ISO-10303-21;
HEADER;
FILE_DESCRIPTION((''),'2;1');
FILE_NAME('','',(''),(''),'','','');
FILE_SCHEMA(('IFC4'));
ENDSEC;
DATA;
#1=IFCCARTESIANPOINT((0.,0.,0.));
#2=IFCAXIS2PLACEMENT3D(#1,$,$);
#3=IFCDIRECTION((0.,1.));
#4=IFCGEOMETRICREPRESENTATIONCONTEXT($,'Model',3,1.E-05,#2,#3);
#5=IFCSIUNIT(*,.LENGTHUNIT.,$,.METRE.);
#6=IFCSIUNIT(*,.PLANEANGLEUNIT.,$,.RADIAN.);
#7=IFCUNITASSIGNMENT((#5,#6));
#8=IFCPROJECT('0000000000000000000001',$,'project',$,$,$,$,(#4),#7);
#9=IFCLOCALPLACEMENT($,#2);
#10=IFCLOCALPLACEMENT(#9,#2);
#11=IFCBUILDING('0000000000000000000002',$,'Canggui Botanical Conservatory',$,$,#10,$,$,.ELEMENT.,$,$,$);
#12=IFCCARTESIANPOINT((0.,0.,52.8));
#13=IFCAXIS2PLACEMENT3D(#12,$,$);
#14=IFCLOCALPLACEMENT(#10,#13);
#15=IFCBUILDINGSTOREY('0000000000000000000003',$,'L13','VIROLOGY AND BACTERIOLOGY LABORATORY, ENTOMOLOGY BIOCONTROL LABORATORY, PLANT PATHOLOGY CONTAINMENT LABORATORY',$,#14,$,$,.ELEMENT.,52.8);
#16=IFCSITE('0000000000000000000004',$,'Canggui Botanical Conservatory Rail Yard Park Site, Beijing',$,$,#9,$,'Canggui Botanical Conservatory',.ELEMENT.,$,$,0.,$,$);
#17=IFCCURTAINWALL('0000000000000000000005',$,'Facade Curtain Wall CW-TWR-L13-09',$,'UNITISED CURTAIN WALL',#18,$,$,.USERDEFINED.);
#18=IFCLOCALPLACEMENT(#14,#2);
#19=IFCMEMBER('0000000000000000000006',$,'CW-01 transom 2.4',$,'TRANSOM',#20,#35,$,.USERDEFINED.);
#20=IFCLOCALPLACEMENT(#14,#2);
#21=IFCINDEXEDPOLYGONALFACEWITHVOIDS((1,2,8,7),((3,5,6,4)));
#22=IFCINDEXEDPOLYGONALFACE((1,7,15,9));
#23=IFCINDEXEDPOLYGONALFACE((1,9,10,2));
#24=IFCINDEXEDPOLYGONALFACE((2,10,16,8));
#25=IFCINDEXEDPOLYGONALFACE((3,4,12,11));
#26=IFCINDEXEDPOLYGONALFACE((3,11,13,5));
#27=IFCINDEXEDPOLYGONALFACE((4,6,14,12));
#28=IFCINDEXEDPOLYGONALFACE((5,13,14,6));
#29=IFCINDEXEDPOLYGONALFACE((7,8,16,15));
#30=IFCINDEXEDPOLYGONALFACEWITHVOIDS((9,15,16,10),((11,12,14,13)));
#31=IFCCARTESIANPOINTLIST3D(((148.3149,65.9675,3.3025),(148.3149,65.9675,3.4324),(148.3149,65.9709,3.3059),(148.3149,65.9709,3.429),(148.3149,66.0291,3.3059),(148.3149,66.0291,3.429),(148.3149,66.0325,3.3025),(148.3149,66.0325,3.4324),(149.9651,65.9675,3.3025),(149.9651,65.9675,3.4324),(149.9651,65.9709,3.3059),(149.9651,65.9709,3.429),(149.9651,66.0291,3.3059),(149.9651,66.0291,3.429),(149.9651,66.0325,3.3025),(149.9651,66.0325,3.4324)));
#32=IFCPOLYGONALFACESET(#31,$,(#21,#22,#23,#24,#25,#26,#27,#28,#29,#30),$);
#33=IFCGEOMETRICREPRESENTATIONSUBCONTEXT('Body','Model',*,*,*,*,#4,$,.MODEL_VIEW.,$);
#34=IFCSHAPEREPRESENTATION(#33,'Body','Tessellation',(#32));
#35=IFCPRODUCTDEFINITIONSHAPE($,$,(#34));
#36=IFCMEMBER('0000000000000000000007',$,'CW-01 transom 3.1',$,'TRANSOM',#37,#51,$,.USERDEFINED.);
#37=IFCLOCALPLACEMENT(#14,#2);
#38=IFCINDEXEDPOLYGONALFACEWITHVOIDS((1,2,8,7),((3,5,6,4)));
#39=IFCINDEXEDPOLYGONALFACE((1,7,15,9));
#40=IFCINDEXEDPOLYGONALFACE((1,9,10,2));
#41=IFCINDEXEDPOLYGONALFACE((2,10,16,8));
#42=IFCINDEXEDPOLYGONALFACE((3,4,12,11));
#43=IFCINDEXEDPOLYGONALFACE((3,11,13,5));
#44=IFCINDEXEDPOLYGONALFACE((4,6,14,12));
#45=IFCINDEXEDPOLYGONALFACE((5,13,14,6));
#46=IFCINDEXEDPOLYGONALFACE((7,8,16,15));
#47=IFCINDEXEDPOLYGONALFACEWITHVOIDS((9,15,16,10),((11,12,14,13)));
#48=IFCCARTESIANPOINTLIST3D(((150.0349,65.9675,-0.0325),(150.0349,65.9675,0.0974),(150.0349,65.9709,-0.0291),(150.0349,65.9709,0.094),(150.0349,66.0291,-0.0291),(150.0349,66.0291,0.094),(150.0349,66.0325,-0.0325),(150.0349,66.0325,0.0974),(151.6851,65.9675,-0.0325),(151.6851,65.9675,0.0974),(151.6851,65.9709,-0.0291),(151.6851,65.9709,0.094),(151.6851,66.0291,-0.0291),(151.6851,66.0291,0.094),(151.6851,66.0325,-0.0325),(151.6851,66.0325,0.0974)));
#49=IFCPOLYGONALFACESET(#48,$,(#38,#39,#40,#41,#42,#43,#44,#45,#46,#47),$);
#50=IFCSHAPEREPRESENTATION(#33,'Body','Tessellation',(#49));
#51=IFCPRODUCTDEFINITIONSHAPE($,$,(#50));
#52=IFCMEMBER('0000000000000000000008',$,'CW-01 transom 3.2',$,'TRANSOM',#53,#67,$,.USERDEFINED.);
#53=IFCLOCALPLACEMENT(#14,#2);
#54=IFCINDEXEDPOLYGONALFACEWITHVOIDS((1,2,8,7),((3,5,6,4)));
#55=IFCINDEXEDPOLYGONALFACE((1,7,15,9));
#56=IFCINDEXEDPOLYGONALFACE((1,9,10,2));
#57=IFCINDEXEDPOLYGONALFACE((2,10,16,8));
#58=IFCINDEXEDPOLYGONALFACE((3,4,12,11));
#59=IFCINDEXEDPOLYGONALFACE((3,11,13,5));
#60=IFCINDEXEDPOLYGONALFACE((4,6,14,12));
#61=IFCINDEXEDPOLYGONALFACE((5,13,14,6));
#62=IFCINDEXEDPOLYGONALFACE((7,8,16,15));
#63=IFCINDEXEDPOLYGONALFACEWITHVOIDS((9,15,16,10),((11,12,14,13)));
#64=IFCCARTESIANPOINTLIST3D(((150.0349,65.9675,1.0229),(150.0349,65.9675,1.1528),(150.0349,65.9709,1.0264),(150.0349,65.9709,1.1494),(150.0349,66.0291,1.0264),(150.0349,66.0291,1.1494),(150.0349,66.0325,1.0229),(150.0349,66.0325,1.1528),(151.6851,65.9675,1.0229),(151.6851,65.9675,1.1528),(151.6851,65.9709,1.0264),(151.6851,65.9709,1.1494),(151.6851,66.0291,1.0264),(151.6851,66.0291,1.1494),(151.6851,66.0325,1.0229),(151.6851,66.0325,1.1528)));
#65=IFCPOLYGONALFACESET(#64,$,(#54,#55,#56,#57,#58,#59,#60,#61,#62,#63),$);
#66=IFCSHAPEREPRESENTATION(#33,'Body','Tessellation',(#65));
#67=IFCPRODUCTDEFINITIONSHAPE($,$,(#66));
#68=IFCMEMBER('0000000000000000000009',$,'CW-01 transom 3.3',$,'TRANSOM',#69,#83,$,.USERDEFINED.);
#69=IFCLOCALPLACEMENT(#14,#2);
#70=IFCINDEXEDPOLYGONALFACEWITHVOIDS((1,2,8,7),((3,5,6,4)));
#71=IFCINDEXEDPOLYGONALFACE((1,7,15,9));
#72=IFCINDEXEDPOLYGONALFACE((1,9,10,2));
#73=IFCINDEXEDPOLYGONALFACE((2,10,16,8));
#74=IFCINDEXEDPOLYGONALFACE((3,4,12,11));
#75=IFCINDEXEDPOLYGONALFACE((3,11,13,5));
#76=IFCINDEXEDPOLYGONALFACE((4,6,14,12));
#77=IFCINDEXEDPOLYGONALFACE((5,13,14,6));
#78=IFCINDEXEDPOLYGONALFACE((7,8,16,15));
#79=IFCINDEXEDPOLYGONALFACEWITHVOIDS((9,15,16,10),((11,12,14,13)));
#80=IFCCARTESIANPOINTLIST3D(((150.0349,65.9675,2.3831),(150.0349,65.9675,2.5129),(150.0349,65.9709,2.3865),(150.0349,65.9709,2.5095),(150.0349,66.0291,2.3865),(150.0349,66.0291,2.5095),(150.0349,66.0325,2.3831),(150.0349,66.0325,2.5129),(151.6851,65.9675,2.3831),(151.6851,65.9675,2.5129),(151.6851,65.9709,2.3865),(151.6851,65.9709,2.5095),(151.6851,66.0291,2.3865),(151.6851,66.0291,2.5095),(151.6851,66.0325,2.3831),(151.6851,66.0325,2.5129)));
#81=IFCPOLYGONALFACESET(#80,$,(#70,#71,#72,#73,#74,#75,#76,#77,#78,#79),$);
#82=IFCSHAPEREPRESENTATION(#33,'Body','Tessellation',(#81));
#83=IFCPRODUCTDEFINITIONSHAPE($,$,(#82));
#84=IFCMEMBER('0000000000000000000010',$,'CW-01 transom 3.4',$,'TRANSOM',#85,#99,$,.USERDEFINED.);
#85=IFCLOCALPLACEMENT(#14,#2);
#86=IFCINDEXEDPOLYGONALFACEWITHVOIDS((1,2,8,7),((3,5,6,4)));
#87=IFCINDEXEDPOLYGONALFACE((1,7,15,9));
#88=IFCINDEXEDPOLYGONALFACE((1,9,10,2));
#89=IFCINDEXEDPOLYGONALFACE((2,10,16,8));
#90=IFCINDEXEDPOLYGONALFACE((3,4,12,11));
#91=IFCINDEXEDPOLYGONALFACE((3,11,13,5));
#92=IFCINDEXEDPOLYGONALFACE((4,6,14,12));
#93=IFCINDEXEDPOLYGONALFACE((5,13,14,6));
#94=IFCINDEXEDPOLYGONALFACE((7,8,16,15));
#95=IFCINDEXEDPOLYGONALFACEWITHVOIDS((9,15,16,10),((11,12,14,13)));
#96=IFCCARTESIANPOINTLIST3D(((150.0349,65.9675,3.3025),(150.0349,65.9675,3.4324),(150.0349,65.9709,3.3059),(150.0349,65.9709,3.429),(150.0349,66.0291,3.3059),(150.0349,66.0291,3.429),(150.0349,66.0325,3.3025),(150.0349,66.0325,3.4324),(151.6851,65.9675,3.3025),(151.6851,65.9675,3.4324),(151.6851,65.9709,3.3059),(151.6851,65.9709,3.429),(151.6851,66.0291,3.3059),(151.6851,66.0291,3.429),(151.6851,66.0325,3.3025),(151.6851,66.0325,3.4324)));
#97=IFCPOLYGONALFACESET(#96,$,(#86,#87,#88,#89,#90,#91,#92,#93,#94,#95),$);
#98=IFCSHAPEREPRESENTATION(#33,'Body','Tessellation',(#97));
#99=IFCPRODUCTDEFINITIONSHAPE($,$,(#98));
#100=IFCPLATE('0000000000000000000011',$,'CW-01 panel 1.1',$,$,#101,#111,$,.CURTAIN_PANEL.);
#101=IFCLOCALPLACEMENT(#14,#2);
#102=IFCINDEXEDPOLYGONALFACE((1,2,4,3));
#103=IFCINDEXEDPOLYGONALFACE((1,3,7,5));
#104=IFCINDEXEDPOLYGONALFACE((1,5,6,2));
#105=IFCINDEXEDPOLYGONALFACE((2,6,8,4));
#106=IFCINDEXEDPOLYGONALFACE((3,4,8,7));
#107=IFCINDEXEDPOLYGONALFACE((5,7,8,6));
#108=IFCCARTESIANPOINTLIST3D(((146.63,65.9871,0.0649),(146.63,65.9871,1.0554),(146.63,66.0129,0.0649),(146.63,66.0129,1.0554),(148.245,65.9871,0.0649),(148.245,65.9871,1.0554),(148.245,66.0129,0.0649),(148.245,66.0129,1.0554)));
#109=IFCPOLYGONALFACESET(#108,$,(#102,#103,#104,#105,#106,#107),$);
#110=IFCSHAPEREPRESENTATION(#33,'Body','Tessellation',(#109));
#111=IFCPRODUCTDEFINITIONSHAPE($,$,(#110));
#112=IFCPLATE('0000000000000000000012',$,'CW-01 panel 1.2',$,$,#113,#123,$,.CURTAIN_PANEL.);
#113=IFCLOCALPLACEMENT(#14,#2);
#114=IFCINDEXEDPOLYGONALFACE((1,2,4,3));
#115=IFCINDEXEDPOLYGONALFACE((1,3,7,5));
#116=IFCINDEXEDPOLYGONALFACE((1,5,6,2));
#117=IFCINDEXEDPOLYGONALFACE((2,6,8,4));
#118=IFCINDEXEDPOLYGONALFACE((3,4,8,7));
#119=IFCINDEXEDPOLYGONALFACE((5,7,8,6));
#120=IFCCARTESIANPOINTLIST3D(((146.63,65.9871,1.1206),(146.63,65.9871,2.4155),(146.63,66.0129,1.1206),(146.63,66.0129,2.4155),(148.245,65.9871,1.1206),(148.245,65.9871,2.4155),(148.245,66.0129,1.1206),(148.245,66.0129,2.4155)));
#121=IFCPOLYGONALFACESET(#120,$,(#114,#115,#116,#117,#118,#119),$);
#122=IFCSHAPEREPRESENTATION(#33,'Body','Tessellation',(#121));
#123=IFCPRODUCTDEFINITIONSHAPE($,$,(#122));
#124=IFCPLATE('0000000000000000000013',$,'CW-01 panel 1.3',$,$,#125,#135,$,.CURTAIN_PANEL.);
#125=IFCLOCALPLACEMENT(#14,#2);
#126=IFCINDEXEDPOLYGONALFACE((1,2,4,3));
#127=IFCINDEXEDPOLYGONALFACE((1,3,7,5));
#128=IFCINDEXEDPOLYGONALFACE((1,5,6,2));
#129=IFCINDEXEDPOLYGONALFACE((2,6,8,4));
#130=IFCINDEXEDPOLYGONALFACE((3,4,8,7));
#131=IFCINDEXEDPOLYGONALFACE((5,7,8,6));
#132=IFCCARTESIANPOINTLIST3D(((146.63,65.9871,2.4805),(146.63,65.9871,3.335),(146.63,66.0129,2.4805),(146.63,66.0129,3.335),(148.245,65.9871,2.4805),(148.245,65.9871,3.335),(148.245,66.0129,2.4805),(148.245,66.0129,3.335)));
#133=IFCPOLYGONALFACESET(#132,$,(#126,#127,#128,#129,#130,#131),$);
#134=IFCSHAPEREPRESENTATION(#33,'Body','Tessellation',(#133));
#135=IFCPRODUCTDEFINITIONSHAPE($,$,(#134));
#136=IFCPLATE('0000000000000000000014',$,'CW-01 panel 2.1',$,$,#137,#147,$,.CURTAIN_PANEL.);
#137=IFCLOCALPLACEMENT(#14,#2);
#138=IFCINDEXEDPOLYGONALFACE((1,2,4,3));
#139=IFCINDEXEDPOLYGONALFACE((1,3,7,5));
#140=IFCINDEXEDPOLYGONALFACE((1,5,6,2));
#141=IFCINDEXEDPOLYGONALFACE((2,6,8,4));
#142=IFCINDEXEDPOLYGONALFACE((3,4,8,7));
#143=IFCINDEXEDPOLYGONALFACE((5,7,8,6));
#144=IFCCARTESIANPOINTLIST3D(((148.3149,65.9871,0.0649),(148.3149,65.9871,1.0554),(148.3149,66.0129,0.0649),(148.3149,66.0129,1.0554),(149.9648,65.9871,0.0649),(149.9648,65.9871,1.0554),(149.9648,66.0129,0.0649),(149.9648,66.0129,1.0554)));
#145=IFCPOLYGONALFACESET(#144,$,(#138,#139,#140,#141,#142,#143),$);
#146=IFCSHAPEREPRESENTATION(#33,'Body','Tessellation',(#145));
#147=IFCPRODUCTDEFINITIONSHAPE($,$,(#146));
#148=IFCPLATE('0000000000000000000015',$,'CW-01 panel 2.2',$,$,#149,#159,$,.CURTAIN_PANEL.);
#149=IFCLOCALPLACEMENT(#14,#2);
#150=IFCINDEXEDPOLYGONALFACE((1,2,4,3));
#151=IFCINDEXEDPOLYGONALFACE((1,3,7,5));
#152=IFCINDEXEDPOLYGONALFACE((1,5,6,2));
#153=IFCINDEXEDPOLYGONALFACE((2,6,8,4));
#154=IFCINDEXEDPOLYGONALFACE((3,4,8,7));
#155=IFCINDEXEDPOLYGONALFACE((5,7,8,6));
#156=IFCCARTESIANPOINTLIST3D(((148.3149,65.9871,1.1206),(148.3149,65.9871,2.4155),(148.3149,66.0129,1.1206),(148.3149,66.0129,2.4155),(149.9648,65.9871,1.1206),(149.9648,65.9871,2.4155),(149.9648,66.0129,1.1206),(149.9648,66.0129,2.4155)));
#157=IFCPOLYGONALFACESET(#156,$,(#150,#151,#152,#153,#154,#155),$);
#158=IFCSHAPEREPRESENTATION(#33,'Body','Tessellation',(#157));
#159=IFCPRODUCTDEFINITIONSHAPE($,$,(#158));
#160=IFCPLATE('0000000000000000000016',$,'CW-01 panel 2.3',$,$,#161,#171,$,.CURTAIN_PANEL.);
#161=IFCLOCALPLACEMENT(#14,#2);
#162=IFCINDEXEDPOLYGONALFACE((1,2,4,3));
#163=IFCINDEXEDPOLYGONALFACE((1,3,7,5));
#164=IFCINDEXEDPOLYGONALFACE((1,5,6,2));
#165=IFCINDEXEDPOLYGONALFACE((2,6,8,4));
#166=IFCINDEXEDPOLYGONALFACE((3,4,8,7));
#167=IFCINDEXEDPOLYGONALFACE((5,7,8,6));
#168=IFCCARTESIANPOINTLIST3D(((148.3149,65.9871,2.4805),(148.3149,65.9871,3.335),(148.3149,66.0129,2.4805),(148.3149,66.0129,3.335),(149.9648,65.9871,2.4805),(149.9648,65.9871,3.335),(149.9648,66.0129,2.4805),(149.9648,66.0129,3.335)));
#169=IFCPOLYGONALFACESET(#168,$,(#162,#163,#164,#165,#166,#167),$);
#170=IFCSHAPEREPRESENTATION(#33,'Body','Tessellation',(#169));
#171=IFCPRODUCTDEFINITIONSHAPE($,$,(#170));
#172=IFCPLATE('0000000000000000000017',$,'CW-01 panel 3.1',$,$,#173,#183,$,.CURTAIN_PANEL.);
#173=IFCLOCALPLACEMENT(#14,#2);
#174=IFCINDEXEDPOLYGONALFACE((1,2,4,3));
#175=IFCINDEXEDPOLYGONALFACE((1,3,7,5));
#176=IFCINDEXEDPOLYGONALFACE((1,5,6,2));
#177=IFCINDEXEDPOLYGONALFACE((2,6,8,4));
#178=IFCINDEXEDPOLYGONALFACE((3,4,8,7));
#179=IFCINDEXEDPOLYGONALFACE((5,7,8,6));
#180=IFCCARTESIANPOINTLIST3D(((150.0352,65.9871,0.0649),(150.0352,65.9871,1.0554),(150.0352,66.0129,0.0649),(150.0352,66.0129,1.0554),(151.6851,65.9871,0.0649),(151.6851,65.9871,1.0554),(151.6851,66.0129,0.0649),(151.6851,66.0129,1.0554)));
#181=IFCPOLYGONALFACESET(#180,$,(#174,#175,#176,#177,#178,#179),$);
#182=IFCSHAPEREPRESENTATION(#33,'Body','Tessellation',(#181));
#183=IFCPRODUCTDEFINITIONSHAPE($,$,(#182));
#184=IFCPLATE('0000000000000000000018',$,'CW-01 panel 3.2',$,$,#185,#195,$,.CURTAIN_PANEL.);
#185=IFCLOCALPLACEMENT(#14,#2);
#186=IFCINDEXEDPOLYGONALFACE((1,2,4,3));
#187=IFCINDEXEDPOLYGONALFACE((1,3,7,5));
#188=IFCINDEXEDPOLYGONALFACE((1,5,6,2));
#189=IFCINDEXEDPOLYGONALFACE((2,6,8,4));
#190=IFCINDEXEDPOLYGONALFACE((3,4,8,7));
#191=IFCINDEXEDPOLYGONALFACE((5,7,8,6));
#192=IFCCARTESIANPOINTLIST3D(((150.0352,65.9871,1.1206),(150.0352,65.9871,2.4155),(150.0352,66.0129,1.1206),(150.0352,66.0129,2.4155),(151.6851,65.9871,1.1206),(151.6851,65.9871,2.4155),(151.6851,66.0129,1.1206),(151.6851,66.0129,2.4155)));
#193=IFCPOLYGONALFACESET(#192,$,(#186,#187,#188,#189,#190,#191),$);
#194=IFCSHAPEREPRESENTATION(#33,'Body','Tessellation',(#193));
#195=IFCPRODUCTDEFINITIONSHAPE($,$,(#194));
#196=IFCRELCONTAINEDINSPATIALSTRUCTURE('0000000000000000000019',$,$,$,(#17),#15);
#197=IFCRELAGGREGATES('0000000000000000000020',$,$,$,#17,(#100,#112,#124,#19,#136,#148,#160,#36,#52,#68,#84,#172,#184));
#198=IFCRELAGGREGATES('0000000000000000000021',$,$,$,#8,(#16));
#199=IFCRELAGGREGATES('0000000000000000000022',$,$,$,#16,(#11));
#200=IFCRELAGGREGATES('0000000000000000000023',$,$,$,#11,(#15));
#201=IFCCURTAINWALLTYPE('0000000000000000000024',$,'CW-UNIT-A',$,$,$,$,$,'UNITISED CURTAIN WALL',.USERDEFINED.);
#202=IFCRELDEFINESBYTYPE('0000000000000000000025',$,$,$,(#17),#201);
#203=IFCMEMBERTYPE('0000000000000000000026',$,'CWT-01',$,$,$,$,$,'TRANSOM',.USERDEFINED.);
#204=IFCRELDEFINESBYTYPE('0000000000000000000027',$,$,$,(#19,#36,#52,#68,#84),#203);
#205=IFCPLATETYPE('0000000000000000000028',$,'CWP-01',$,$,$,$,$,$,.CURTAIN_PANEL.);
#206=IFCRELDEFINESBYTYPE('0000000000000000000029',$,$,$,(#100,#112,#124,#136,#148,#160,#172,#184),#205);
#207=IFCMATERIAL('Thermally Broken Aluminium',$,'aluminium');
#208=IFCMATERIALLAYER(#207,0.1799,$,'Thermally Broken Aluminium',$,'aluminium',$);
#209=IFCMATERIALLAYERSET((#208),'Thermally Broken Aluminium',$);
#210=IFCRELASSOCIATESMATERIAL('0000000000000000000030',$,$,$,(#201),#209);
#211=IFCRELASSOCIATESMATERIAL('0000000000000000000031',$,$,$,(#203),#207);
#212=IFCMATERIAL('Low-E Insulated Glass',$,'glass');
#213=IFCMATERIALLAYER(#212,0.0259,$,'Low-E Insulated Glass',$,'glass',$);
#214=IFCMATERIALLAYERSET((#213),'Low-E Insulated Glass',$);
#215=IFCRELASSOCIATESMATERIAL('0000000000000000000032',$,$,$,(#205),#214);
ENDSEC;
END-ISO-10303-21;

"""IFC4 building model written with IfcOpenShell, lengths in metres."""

from ifc_helpers import new_model, si_unit, direction, frame, origin, origin_2d, place, context, subcontext, project, spatial, rectangle, hollow_rectangle, extrude, material, layer, layer_set, material_profile, profile_set, type_object, element, aggregate, save


model = new_model("IFC4")

# Units and contexts
model_context = context("Model", 3, precision=1e-05, world=origin(), true_north=direction((0.0, 1.0)))
body_context = subcontext(model_context, "Body", "Model", "MODEL_VIEW")
ifc_project = project(units=[si_unit("LENGTHUNIT", "METRE"), si_unit("PLANEANGLEUNIT", "RADIAN")], contexts=[model_context])

# Site, building, storey
site_placement = place(None, origin())
site = spatial("IfcSite", under=ifc_project, at=site_placement, Name="Canggui Botanical Conservatory Rail Yard Park Site, Beijing", LongName="Canggui Botanical Conservatory", CompositionType="ELEMENT", RefElevation=0.0)
building_placement = place(site_placement, origin())
building = spatial("IfcBuilding", under=site, at=building_placement, Name="Canggui Botanical Conservatory", CompositionType="ELEMENT")
storey_placement = place(building_placement, frame((0.0, 0.0, 52.8)))
storey = spatial("IfcBuildingStorey", under=building, at=storey_placement, Name="L13", Description="VIROLOGY AND BACTERIOLOGY LABORATORY, ENTOMOLOGY BIOCONTROL LABORATORY, PLANT PATHOLOGY CONTAINMENT LABORATORY", CompositionType="ELEMENT", Elevation=52.8)

# Curtain wall, members, plates
ifc_material_1 = material(Name="Thermally Broken Aluminium", Category="aluminium")
ifc_layer_1 = layer(ifc_material_1, 0.1799, Name="Thermally Broken Aluminium", Category="aluminium")
ifc_layer_set_1 = layer_set([ifc_layer_1], Name="Thermally Broken Aluminium")
curtain_wall_type = type_object("IfcCurtainWallType", Name="CW-UNIT-A", ElementType="UNITISED CURTAIN WALL", PredefinedType="USERDEFINED", material=ifc_layer_set_1)
curtain_wall_placement = place(storey_placement, origin())
curtain_wall = element("IfcCurtainWall", 1, at=curtain_wall_placement, inside=storey, type_object=curtain_wall_type, Name="Facade Curtain Wall CW-TWR-L13-09", ObjectType="UNITISED CURTAIN WALL", PredefinedType="USERDEFINED")
ifc_material_profile_1 = material_profile(ifc_material_1, hollow_rectangle(XDim=0.0649, YDim=0.1299, WallThickness=0.0034, at=origin_2d()), Name="CWT 65x130x3.5")
ifc_profile_set_1 = profile_set([ifc_material_profile_1], Name="Thermally Broken Aluminium")
member_type_1 = type_object("IfcMemberType", Name="CWT-01", ElementType="TRANSOM", PredefinedType="USERDEFINED", material=ifc_profile_set_1)
member_1_placement = place(storey_placement, frame((148.3149, 66.0, 3.3674), z_axis=(1.0, 0.0, 0.0), x_axis=(0.0, 1.0, 0.0)))
member_1 = element("IfcMember", 2, at=member_1_placement, type_object=member_type_1, Name="CW-01 transom 2.4", ObjectType="TRANSOM", PredefinedType="USERDEFINED", context=body_context, shape_type="SweptSolid", body=[
    extrude(hollow_rectangle(XDim=0.0649, YDim=0.1299, WallThickness=0.0034, at=origin_2d()), origin(), (0.0, 0.0, 1.0), 1.6501),
])
member_2_placement = place(storey_placement, frame((150.0349, 66.0, 0.0325), z_axis=(1.0, 0.0, 0.0), x_axis=(0.0, 1.0, 0.0)))
member_2 = element("IfcMember", 3, at=member_2_placement, type_object=member_type_1, Name="CW-01 transom 3.1", ObjectType="TRANSOM", PredefinedType="USERDEFINED", context=body_context, shape_type="SweptSolid", body=[
    extrude(hollow_rectangle(XDim=0.0649, YDim=0.1299, WallThickness=0.0034, at=origin_2d()), origin(), (0.0, 0.0, 1.0), 1.6501),
])
member_3_placement = place(storey_placement, frame((150.0349, 66.0, 1.0879), z_axis=(1.0, 0.0, 0.0), x_axis=(0.0, 1.0, 0.0)))
member_3 = element("IfcMember", 4, at=member_3_placement, type_object=member_type_1, Name="CW-01 transom 3.2", ObjectType="TRANSOM", PredefinedType="USERDEFINED", context=body_context, shape_type="SweptSolid", body=[
    extrude(hollow_rectangle(XDim=0.0649, YDim=0.1299, WallThickness=0.0034, at=origin_2d()), origin(), (0.0, 0.0, 1.0), 1.6501),
])
member_4_placement = place(storey_placement, frame((150.0349, 66.0, 2.448), z_axis=(1.0, 0.0, 0.0), x_axis=(0.0, 1.0, 0.0)))
member_4 = element("IfcMember", 5, at=member_4_placement, type_object=member_type_1, Name="CW-01 transom 3.3", ObjectType="TRANSOM", PredefinedType="USERDEFINED", context=body_context, shape_type="SweptSolid", body=[
    extrude(hollow_rectangle(XDim=0.0649, YDim=0.1299, WallThickness=0.0034, at=origin_2d()), origin(), (0.0, 0.0, 1.0), 1.6501),
])
member_5_placement = place(storey_placement, frame((150.0349, 66.0, 3.3674), z_axis=(1.0, 0.0, 0.0), x_axis=(0.0, 1.0, 0.0)))
member_5 = element("IfcMember", 6, at=member_5_placement, type_object=member_type_1, Name="CW-01 transom 3.4", ObjectType="TRANSOM", PredefinedType="USERDEFINED", context=body_context, shape_type="SweptSolid", body=[
    extrude(hollow_rectangle(XDim=0.0649, YDim=0.1299, WallThickness=0.0034, at=origin_2d()), origin(), (0.0, 0.0, 1.0), 1.6501),
])
ifc_material_2 = material(Name="Low-E Insulated Glass", Category="glass")
ifc_layer_2 = layer(ifc_material_2, 0.0259, Name="Low-E Insulated Glass", Category="glass")
ifc_layer_set_2 = layer_set([ifc_layer_2], Name="Low-E Insulated Glass")
plate_type = type_object("IfcPlateType", Name="CWP-01", PredefinedType="CURTAIN_PANEL", material=ifc_layer_set_2)
plate_1_placement = place(storey_placement, frame((147.4375, 66.0, 0.0649), z_axis=(0.0, 0.0, 1.0), x_axis=(1.0, 0.0, 0.0)))
plate_1 = element("IfcPlate", 7, at=plate_1_placement, type_object=plate_type, Name="CW-01 panel 1.1", PredefinedType="CURTAIN_PANEL", context=body_context, shape_type="SweptSolid", body=[
    extrude(rectangle(XDim=1.615, YDim=0.0259, at=origin_2d()), origin(), (0.0, 0.0, 1.0), 0.9905),
])
plate_2_placement = place(storey_placement, frame((147.4375, 66.0, 1.1206), z_axis=(0.0, 0.0, 1.0), x_axis=(1.0, 0.0, 0.0)))
plate_2 = element("IfcPlate", 8, at=plate_2_placement, type_object=plate_type, Name="CW-01 panel 1.2", PredefinedType="CURTAIN_PANEL", context=body_context, shape_type="SweptSolid", body=[
    extrude(rectangle(XDim=1.615, YDim=0.0259, at=origin_2d()), origin(), (0.0, 0.0, 1.0), 1.2949),
])
plate_3_placement = place(storey_placement, frame((147.4375, 66.0, 2.4805), z_axis=(0.0, 0.0, 1.0), x_axis=(1.0, 0.0, 0.0)))
plate_3 = element("IfcPlate", 9, at=plate_3_placement, type_object=plate_type, Name="CW-01 panel 1.3", PredefinedType="CURTAIN_PANEL", context=body_context, shape_type="SweptSolid", body=[
    extrude(rectangle(XDim=1.615, YDim=0.0259, at=origin_2d()), origin(), (0.0, 0.0, 1.0), 0.8545),
])
plate_4_placement = place(storey_placement, frame((149.1399, 66.0, 0.0649), z_axis=(0.0, 0.0, 1.0), x_axis=(1.0, 0.0, 0.0)))
plate_4 = element("IfcPlate", 10, at=plate_4_placement, type_object=plate_type, Name="CW-01 panel 2.1", PredefinedType="CURTAIN_PANEL", context=body_context, shape_type="SweptSolid", body=[
    extrude(rectangle(XDim=1.6499, YDim=0.0259, at=origin_2d()), origin(), (0.0, 0.0, 1.0), 0.9905),
])
plate_5_placement = place(storey_placement, frame((149.1399, 66.0, 1.1206), z_axis=(0.0, 0.0, 1.0), x_axis=(1.0, 0.0, 0.0)))
plate_5 = element("IfcPlate", 11, at=plate_5_placement, type_object=plate_type, Name="CW-01 panel 2.2", PredefinedType="CURTAIN_PANEL", context=body_context, shape_type="SweptSolid", body=[
    extrude(rectangle(XDim=1.6499, YDim=0.0259, at=origin_2d()), origin(), (0.0, 0.0, 1.0), 1.2949),
])
plate_6_placement = place(storey_placement, frame((149.1399, 66.0, 2.4805), z_axis=(0.0, 0.0, 1.0), x_axis=(1.0, 0.0, 0.0)))
plate_6 = element("IfcPlate", 12, at=plate_6_placement, type_object=plate_type, Name="CW-01 panel 2.3", PredefinedType="CURTAIN_PANEL", context=body_context, shape_type="SweptSolid", body=[
    extrude(rectangle(XDim=1.6499, YDim=0.0259, at=origin_2d()), origin(), (0.0, 0.0, 1.0), 0.8545),
])
plate_7_placement = place(storey_placement, frame((150.8601, 66.0, 0.0649), z_axis=(0.0, 0.0, 1.0), x_axis=(1.0, 0.0, 0.0)))
plate_7 = element("IfcPlate", 13, at=plate_7_placement, type_object=plate_type, Name="CW-01 panel 3.1", PredefinedType="CURTAIN_PANEL", context=body_context, shape_type="SweptSolid", body=[
    extrude(rectangle(XDim=1.6499, YDim=0.0259, at=origin_2d()), origin(), (0.0, 0.0, 1.0), 0.9905),
])
plate_8_placement = place(storey_placement, frame((150.8601, 66.0, 1.1206), z_axis=(0.0, 0.0, 1.0), x_axis=(1.0, 0.0, 0.0)))
plate_8 = element("IfcPlate", 14, at=plate_8_placement, type_object=plate_type, Name="CW-01 panel 3.2", PredefinedType="CURTAIN_PANEL", context=body_context, shape_type="SweptSolid", body=[
    extrude(rectangle(XDim=1.6499, YDim=0.0259, at=origin_2d()), origin(), (0.0, 0.0, 1.0), 1.2949),
])
aggregate(curtain_wall, [plate_1, plate_2, plate_3, member_1, plate_4, plate_5, plate_6, member_2, member_3, member_4, member_5, plate_7, plate_8])

save(model, "model.ifc")
